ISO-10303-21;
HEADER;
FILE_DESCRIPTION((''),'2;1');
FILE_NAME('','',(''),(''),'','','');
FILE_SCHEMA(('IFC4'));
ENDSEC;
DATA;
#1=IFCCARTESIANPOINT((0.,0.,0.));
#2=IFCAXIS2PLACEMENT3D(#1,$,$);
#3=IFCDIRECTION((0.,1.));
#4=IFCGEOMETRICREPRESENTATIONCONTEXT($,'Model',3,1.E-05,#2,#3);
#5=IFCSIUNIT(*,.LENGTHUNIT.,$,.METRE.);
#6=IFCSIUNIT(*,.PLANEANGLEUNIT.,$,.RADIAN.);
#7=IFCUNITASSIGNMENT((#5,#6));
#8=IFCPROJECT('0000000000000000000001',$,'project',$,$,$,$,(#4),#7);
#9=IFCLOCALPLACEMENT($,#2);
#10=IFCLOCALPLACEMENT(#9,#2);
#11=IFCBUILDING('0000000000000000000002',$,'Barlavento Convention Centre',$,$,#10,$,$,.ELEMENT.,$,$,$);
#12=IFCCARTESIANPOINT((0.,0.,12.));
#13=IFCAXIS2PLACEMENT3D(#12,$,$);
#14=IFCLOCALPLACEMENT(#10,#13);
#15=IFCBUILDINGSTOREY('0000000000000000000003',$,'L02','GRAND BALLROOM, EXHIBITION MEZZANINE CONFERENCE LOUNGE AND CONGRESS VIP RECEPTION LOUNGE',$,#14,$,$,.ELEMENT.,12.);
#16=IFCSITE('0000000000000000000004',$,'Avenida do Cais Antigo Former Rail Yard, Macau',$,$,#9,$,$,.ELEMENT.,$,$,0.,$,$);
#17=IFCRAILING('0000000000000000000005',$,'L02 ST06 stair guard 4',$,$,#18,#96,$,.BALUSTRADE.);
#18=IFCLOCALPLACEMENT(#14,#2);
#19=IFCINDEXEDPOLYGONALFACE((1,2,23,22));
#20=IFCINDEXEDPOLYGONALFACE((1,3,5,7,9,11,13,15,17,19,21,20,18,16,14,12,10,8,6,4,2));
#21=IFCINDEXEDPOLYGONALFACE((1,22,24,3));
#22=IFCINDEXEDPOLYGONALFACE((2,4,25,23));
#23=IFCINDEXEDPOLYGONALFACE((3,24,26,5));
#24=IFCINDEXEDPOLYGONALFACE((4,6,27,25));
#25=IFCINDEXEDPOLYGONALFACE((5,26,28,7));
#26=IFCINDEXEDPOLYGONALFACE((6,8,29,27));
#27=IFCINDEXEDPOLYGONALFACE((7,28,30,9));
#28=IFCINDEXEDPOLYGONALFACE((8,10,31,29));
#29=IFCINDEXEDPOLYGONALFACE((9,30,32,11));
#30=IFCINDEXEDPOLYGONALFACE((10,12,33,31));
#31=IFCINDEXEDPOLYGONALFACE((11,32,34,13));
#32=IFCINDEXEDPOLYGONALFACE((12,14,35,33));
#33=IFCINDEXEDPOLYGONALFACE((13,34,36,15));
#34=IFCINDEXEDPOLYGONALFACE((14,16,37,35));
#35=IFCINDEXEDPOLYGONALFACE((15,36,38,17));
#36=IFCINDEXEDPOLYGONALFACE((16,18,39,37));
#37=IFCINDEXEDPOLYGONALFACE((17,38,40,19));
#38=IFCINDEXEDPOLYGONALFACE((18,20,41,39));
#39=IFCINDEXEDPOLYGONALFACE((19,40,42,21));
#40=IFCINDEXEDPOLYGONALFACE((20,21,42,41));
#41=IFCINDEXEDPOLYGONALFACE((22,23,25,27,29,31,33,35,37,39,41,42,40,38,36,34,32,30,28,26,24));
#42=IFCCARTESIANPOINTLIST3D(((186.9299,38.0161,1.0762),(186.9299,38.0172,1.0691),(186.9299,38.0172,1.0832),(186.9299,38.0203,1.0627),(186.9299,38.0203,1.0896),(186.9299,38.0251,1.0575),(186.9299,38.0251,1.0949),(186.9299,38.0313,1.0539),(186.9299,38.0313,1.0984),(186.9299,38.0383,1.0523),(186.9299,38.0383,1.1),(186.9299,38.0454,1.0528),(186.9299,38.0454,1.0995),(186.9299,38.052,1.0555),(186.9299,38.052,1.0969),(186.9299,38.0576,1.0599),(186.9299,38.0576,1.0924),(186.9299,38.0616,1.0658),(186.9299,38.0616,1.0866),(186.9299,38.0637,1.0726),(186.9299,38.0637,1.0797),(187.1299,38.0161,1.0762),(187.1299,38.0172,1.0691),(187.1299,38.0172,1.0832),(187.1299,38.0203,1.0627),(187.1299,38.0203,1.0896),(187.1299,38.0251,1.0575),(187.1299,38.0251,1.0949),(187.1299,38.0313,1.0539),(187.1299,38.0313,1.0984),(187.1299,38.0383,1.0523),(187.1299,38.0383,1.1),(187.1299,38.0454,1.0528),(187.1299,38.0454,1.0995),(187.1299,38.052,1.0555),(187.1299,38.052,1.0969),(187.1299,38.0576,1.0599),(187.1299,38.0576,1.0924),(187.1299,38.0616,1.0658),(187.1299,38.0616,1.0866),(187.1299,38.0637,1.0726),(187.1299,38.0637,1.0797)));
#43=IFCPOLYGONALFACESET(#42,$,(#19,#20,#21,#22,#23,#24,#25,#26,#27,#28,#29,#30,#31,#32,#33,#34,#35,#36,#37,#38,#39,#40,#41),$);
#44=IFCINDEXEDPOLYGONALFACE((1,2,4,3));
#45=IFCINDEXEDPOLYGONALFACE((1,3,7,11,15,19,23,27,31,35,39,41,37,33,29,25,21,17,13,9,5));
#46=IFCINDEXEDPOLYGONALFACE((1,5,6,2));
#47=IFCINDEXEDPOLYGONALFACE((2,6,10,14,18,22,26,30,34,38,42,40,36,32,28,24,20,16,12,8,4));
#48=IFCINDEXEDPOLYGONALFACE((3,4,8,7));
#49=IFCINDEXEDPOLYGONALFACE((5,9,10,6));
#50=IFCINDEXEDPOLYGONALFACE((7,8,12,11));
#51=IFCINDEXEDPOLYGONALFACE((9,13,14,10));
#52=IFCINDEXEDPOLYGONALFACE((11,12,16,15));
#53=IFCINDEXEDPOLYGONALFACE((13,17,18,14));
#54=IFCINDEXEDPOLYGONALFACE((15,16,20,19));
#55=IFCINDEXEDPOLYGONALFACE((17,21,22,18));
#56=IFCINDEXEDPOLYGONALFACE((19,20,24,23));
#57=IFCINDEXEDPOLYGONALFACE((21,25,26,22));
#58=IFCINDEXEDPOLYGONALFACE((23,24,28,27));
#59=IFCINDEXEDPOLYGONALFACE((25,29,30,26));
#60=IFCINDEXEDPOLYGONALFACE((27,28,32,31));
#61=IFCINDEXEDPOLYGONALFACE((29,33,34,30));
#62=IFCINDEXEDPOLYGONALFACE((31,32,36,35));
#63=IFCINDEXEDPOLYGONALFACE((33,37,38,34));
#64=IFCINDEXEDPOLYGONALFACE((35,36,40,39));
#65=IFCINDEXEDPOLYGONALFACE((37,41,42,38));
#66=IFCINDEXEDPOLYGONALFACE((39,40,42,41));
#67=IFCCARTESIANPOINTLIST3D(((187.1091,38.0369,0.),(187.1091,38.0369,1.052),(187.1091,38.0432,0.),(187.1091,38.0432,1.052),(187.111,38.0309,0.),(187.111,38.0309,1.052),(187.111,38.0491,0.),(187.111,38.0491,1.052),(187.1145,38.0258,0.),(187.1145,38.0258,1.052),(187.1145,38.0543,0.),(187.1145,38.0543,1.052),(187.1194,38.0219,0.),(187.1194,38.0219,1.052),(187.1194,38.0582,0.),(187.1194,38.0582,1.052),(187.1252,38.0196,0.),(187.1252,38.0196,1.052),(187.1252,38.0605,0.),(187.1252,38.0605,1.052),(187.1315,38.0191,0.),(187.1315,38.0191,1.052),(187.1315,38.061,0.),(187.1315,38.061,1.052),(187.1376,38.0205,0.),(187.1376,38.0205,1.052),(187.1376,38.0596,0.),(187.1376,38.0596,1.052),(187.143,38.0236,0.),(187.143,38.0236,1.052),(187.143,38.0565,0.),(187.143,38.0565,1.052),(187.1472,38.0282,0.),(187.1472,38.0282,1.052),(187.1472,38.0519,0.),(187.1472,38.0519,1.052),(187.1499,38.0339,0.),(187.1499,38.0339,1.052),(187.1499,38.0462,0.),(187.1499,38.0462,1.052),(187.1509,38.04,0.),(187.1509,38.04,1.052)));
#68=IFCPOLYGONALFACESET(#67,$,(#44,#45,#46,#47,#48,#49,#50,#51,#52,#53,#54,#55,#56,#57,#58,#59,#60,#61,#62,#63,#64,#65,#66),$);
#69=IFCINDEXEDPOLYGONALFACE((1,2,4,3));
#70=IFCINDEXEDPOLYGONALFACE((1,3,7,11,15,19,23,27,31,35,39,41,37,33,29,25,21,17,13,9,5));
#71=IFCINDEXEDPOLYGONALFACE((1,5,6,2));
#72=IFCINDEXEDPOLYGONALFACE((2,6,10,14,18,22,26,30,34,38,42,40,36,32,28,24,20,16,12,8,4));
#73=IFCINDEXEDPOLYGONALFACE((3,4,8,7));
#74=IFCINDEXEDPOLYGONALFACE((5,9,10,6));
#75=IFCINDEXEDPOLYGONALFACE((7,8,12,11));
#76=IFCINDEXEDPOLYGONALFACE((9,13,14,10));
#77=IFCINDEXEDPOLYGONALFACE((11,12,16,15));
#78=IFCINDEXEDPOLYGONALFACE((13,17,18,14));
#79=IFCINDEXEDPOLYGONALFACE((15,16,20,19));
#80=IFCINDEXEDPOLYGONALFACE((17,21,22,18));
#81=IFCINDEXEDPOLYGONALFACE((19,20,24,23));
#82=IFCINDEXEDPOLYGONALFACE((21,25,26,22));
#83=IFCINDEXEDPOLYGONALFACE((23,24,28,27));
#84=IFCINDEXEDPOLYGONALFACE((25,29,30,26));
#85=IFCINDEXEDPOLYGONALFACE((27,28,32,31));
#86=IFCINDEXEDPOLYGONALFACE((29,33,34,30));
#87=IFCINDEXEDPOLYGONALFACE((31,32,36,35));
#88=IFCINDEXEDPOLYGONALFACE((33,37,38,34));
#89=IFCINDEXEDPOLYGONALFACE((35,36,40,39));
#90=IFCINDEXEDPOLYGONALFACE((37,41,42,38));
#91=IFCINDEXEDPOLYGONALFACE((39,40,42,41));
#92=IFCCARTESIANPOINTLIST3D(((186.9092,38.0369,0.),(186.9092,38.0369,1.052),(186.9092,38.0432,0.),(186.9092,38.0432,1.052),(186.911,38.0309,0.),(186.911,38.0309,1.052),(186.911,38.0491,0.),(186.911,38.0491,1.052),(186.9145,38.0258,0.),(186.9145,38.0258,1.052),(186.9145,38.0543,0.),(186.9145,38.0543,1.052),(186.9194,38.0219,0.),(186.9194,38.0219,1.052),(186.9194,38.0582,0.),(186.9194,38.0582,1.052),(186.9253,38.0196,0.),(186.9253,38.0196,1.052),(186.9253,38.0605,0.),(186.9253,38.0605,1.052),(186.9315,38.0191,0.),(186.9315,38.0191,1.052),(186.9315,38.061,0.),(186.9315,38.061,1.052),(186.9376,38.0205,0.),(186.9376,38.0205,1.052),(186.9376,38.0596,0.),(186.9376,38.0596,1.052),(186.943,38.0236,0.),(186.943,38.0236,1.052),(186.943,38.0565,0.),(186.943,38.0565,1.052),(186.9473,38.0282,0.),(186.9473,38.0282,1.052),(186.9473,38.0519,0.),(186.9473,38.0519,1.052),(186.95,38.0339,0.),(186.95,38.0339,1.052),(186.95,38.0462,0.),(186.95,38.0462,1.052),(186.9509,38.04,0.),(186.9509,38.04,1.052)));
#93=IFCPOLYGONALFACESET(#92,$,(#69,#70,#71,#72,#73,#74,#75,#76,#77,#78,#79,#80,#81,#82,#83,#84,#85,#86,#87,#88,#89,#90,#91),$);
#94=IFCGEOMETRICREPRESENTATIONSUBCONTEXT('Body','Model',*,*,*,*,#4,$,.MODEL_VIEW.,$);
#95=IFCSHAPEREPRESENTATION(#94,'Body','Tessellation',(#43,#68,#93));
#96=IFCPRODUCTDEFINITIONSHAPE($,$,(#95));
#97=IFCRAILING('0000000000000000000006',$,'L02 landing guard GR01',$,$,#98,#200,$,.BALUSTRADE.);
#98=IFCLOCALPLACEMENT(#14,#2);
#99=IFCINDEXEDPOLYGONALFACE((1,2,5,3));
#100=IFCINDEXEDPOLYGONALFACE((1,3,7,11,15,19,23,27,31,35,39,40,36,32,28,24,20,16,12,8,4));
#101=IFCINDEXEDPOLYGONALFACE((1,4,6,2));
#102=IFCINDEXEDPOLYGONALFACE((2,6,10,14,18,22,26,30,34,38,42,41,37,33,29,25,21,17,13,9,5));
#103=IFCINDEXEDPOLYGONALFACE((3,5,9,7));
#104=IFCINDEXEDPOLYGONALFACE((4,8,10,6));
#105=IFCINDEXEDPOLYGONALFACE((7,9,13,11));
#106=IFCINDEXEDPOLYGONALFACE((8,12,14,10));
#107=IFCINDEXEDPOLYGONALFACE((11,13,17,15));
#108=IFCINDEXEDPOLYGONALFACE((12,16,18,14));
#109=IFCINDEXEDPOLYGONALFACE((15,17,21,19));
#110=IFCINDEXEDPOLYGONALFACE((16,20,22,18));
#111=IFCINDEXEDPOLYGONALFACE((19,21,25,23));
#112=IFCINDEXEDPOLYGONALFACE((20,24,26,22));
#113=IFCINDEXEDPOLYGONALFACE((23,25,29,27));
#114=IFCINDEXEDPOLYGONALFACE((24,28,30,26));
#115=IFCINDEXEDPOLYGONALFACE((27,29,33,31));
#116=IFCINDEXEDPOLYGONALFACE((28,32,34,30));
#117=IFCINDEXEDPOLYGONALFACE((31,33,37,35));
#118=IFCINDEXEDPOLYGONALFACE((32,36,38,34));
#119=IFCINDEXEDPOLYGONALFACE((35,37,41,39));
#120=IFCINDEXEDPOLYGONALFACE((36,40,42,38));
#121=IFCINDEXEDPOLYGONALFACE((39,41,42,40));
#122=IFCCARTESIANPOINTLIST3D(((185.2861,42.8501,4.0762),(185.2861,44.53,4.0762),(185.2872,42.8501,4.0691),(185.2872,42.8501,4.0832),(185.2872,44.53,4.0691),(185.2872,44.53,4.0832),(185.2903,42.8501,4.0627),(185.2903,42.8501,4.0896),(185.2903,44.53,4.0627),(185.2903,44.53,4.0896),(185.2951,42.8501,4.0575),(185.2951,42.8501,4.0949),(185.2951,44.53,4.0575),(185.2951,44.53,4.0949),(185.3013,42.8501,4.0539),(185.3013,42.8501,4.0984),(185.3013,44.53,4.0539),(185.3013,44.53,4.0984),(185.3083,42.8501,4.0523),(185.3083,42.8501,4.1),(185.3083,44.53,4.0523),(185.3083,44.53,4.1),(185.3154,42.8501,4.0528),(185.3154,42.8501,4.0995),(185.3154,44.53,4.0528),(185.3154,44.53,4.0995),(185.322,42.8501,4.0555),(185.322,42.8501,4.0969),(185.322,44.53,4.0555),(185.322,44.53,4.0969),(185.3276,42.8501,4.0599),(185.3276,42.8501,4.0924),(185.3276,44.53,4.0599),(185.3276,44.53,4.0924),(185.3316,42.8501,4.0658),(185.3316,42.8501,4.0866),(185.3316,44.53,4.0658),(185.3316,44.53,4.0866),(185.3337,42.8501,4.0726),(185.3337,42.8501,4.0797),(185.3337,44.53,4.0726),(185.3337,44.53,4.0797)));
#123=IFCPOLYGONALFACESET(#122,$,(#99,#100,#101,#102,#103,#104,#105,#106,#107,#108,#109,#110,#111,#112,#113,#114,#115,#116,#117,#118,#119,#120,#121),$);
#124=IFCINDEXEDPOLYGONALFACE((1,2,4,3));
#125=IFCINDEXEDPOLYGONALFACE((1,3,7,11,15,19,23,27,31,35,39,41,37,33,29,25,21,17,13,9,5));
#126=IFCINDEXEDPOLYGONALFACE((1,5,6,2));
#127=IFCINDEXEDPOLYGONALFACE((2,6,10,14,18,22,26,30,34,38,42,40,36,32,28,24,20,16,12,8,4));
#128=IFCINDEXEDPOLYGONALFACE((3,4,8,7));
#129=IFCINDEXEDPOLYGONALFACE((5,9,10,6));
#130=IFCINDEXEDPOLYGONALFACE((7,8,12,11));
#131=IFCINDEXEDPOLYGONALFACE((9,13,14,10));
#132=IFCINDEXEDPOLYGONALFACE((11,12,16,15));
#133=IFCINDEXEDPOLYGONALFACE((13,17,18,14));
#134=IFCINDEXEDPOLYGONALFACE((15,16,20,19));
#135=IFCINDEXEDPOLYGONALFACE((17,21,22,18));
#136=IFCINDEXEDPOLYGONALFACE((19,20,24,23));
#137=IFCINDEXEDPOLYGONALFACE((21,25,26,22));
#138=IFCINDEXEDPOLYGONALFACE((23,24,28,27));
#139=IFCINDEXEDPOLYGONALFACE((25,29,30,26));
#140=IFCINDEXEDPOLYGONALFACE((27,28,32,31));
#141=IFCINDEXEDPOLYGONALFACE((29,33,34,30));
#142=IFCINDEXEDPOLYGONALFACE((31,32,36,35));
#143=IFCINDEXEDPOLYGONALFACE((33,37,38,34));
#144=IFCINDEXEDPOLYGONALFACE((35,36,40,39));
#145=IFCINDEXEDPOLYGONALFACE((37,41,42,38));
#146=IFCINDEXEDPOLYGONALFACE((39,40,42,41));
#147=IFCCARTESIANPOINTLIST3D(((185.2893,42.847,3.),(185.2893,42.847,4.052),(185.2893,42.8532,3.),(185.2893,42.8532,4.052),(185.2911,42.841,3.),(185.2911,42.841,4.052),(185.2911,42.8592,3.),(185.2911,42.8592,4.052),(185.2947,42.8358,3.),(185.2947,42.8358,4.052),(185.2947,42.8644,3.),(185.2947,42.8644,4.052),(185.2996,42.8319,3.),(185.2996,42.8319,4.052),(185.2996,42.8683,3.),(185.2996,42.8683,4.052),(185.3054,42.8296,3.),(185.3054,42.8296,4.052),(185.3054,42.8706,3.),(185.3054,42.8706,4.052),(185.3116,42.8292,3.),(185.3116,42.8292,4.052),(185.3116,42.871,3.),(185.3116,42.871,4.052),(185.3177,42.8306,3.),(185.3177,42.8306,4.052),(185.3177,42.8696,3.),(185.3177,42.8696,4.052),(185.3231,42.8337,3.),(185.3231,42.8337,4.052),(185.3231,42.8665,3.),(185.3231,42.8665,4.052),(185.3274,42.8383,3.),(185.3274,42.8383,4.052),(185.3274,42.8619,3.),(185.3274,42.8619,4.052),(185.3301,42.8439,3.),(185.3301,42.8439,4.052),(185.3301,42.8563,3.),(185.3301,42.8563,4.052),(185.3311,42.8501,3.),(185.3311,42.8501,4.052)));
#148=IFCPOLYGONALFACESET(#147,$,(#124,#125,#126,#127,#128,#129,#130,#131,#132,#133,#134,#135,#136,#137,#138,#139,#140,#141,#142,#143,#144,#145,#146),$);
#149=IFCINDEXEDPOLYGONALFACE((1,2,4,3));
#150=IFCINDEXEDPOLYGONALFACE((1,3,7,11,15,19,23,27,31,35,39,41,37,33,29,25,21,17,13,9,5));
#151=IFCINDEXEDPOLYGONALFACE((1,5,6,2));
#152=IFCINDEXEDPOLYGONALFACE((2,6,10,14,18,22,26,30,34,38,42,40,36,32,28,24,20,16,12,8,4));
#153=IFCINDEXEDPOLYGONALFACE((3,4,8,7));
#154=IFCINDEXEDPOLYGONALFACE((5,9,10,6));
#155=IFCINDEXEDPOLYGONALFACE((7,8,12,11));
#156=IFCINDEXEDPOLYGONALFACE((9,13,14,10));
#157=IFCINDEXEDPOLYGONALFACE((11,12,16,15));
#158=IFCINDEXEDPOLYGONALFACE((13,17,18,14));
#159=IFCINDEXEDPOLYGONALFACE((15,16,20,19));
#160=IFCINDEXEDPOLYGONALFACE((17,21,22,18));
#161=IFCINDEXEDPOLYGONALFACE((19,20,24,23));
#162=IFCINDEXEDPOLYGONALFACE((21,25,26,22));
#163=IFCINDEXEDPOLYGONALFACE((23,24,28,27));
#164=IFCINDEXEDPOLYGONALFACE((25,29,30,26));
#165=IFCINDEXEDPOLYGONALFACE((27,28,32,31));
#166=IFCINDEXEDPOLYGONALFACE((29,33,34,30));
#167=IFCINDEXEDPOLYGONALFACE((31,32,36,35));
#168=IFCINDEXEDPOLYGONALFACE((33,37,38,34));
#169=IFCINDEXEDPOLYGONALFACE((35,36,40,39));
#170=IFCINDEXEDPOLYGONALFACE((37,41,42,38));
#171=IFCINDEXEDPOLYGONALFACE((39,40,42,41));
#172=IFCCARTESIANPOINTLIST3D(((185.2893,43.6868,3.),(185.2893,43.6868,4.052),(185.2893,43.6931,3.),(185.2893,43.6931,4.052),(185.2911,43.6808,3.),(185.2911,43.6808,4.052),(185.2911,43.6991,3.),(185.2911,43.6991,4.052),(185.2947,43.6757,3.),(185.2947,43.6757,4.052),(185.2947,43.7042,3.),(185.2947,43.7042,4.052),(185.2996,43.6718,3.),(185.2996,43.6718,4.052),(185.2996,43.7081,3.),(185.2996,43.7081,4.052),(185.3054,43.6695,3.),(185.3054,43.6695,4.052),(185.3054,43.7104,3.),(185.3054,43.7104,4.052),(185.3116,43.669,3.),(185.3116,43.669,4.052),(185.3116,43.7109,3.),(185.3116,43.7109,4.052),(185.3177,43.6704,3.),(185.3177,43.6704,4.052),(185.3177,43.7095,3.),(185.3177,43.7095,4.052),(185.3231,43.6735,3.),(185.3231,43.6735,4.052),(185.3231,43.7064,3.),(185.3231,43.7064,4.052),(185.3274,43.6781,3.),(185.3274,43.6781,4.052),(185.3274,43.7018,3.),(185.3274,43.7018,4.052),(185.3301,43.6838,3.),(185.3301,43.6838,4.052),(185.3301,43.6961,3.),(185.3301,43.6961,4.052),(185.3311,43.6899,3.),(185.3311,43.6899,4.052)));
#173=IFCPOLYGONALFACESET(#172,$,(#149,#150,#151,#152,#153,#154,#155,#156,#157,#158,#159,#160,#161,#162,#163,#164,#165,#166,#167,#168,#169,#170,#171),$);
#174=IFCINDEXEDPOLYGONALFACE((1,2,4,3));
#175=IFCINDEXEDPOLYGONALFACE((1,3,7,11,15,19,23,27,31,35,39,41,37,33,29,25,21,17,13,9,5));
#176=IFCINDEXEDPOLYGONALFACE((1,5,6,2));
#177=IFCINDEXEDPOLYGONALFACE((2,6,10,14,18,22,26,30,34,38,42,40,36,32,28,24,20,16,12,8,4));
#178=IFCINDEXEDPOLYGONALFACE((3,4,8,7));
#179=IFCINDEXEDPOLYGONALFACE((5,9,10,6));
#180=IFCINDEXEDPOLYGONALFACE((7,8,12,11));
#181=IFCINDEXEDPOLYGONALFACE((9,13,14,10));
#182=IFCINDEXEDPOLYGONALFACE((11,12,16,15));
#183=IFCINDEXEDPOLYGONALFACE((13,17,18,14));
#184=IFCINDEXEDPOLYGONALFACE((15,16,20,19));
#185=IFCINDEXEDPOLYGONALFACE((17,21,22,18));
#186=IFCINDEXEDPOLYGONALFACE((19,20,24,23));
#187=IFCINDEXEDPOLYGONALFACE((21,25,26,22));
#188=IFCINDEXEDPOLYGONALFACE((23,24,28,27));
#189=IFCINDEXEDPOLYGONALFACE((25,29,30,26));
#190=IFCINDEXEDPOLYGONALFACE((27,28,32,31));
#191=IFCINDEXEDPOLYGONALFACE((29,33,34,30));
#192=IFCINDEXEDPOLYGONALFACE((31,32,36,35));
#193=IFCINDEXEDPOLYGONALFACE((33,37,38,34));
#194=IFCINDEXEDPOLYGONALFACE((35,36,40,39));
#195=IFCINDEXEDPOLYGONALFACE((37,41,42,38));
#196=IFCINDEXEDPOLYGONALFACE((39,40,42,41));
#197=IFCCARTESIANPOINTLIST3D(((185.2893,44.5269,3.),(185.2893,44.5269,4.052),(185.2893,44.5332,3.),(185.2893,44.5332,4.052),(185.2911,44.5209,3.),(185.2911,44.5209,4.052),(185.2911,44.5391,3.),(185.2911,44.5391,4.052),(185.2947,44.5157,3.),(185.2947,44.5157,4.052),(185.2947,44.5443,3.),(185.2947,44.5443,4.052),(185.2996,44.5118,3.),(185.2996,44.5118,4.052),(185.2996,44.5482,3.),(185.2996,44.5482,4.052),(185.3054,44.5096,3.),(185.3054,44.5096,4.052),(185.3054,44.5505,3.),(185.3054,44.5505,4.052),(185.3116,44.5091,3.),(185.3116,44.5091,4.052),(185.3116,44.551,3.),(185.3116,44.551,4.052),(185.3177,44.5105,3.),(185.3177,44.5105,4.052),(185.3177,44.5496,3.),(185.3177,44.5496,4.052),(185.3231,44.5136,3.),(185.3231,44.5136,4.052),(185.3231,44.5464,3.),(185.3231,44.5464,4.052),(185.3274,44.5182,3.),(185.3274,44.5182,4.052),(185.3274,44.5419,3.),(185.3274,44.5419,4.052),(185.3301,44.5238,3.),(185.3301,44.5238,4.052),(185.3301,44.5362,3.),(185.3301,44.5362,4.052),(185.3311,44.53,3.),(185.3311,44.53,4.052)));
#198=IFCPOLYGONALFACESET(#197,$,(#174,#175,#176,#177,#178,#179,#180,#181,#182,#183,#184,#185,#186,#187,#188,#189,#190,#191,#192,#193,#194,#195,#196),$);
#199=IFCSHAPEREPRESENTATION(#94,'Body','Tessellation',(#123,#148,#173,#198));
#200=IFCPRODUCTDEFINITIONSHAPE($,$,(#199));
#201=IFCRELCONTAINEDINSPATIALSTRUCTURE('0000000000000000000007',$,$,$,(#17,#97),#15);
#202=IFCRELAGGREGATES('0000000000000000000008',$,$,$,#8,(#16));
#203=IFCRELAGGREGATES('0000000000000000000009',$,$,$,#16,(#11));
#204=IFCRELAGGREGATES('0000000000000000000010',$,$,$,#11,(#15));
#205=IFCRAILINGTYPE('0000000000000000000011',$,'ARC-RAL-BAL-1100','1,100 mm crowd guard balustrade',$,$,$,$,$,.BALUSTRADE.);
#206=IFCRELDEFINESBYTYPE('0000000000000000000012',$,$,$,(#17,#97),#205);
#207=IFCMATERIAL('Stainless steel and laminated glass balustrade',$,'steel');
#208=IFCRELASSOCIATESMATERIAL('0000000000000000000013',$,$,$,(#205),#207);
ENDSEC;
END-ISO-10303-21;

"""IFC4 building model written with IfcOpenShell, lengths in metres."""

from ifc_helpers import new_model, si_unit, direction, frame, origin, origin_2d, place, context, subcontext, project, spatial, circle, extrude, material, type_object, element, save


model = new_model("IFC4")

# Units and contexts
model_context = context("Model", 3, precision=1e-05, world=origin(), true_north=direction((0.0, 1.0)))
body_context = subcontext(model_context, "Body", "Model", "MODEL_VIEW")
ifc_project = project(units=[si_unit("LENGTHUNIT", "METRE"), si_unit("PLANEANGLEUNIT", "RADIAN")], contexts=[model_context])

# Site, building, storey
site_placement = place(None, origin())
site = spatial("IfcSite", under=ifc_project, at=site_placement, Name="Avenida do Cais Antigo Former Rail Yard, Macau", CompositionType="ELEMENT", RefElevation=0.0)
building_placement = place(site_placement, origin())
building = spatial("IfcBuilding", under=site, at=building_placement, Name="Barlavento Convention Centre", CompositionType="ELEMENT")
storey_placement = place(building_placement, frame((0.0, 0.0, 12.0)))
storey = spatial("IfcBuildingStorey", under=building, at=storey_placement, Name="L02", Description="GRAND BALLROOM, EXHIBITION MEZZANINE CONFERENCE LOUNGE AND CONGRESS VIP RECEPTION LOUNGE", CompositionType="ELEMENT", Elevation=12.0)

# Railings
ifc_material_1 = material(Name="Stainless steel and laminated glass balustrade", Category="steel")
railing_type_1 = type_object("IfcRailingType", Name="ARC-RAL-BAL-1100", Description="1,100 mm crowd guard balustrade", PredefinedType="BALUSTRADE", material=ifc_material_1)
railing_1_placement = place(storey_placement, frame((187.1299, 38.04, 0.0)))
element("IfcRailing", 1, at=railing_1_placement, inside=storey, type_object=railing_type_1, Name="L02 ST06 stair guard 4", PredefinedType="BALUSTRADE", context=body_context, shape_type="SweptSolid", body=[
    extrude(circle(Radius=0.0239, at=origin_2d()), frame((0.0, 0.0, 1.0762), z_axis=(-1.0, 0.0, 0.0), x_axis=(0.0, -1.0, 0.0)), (0.0, 0.0, 1.0), 0.2),
    extrude(circle(Radius=0.021, at=origin_2d()), origin(), (0.0, 0.0, 1.0), 1.052),
    extrude(circle(Radius=0.021, at=origin_2d()), frame((-0.2, 0.0, 0.0)), (0.0, 0.0, 1.0), 1.052),
])
railing_2_placement = place(storey_placement, frame((185.3101, 42.8501, 3.0)))
element("IfcRailing", 2, at=railing_2_placement, inside=storey, type_object=railing_type_1, Name="L02 landing guard GR01", PredefinedType="BALUSTRADE", context=body_context, shape_type="SweptSolid", body=[
    extrude(circle(Radius=0.0239, at=origin_2d()), frame((0.0, 0.0, 1.0762), z_axis=(0.0, 1.0, 0.0), x_axis=(-1.0, 0.0, 0.0)), (0.0, 0.0, 1.0), 1.6799),
    extrude(circle(Radius=0.021, at=origin_2d()), origin(), (0.0, 0.0, 1.0), 1.052),
    extrude(circle(Radius=0.021, at=origin_2d()), frame((0.0, 0.8398, 0.0)), (0.0, 0.0, 1.0), 1.052),
    extrude(circle(Radius=0.021, at=origin_2d()), frame((0.0, 1.6799, 0.0)), (0.0, 0.0, 1.0), 1.052),
])

save(model, "model.ifc")
